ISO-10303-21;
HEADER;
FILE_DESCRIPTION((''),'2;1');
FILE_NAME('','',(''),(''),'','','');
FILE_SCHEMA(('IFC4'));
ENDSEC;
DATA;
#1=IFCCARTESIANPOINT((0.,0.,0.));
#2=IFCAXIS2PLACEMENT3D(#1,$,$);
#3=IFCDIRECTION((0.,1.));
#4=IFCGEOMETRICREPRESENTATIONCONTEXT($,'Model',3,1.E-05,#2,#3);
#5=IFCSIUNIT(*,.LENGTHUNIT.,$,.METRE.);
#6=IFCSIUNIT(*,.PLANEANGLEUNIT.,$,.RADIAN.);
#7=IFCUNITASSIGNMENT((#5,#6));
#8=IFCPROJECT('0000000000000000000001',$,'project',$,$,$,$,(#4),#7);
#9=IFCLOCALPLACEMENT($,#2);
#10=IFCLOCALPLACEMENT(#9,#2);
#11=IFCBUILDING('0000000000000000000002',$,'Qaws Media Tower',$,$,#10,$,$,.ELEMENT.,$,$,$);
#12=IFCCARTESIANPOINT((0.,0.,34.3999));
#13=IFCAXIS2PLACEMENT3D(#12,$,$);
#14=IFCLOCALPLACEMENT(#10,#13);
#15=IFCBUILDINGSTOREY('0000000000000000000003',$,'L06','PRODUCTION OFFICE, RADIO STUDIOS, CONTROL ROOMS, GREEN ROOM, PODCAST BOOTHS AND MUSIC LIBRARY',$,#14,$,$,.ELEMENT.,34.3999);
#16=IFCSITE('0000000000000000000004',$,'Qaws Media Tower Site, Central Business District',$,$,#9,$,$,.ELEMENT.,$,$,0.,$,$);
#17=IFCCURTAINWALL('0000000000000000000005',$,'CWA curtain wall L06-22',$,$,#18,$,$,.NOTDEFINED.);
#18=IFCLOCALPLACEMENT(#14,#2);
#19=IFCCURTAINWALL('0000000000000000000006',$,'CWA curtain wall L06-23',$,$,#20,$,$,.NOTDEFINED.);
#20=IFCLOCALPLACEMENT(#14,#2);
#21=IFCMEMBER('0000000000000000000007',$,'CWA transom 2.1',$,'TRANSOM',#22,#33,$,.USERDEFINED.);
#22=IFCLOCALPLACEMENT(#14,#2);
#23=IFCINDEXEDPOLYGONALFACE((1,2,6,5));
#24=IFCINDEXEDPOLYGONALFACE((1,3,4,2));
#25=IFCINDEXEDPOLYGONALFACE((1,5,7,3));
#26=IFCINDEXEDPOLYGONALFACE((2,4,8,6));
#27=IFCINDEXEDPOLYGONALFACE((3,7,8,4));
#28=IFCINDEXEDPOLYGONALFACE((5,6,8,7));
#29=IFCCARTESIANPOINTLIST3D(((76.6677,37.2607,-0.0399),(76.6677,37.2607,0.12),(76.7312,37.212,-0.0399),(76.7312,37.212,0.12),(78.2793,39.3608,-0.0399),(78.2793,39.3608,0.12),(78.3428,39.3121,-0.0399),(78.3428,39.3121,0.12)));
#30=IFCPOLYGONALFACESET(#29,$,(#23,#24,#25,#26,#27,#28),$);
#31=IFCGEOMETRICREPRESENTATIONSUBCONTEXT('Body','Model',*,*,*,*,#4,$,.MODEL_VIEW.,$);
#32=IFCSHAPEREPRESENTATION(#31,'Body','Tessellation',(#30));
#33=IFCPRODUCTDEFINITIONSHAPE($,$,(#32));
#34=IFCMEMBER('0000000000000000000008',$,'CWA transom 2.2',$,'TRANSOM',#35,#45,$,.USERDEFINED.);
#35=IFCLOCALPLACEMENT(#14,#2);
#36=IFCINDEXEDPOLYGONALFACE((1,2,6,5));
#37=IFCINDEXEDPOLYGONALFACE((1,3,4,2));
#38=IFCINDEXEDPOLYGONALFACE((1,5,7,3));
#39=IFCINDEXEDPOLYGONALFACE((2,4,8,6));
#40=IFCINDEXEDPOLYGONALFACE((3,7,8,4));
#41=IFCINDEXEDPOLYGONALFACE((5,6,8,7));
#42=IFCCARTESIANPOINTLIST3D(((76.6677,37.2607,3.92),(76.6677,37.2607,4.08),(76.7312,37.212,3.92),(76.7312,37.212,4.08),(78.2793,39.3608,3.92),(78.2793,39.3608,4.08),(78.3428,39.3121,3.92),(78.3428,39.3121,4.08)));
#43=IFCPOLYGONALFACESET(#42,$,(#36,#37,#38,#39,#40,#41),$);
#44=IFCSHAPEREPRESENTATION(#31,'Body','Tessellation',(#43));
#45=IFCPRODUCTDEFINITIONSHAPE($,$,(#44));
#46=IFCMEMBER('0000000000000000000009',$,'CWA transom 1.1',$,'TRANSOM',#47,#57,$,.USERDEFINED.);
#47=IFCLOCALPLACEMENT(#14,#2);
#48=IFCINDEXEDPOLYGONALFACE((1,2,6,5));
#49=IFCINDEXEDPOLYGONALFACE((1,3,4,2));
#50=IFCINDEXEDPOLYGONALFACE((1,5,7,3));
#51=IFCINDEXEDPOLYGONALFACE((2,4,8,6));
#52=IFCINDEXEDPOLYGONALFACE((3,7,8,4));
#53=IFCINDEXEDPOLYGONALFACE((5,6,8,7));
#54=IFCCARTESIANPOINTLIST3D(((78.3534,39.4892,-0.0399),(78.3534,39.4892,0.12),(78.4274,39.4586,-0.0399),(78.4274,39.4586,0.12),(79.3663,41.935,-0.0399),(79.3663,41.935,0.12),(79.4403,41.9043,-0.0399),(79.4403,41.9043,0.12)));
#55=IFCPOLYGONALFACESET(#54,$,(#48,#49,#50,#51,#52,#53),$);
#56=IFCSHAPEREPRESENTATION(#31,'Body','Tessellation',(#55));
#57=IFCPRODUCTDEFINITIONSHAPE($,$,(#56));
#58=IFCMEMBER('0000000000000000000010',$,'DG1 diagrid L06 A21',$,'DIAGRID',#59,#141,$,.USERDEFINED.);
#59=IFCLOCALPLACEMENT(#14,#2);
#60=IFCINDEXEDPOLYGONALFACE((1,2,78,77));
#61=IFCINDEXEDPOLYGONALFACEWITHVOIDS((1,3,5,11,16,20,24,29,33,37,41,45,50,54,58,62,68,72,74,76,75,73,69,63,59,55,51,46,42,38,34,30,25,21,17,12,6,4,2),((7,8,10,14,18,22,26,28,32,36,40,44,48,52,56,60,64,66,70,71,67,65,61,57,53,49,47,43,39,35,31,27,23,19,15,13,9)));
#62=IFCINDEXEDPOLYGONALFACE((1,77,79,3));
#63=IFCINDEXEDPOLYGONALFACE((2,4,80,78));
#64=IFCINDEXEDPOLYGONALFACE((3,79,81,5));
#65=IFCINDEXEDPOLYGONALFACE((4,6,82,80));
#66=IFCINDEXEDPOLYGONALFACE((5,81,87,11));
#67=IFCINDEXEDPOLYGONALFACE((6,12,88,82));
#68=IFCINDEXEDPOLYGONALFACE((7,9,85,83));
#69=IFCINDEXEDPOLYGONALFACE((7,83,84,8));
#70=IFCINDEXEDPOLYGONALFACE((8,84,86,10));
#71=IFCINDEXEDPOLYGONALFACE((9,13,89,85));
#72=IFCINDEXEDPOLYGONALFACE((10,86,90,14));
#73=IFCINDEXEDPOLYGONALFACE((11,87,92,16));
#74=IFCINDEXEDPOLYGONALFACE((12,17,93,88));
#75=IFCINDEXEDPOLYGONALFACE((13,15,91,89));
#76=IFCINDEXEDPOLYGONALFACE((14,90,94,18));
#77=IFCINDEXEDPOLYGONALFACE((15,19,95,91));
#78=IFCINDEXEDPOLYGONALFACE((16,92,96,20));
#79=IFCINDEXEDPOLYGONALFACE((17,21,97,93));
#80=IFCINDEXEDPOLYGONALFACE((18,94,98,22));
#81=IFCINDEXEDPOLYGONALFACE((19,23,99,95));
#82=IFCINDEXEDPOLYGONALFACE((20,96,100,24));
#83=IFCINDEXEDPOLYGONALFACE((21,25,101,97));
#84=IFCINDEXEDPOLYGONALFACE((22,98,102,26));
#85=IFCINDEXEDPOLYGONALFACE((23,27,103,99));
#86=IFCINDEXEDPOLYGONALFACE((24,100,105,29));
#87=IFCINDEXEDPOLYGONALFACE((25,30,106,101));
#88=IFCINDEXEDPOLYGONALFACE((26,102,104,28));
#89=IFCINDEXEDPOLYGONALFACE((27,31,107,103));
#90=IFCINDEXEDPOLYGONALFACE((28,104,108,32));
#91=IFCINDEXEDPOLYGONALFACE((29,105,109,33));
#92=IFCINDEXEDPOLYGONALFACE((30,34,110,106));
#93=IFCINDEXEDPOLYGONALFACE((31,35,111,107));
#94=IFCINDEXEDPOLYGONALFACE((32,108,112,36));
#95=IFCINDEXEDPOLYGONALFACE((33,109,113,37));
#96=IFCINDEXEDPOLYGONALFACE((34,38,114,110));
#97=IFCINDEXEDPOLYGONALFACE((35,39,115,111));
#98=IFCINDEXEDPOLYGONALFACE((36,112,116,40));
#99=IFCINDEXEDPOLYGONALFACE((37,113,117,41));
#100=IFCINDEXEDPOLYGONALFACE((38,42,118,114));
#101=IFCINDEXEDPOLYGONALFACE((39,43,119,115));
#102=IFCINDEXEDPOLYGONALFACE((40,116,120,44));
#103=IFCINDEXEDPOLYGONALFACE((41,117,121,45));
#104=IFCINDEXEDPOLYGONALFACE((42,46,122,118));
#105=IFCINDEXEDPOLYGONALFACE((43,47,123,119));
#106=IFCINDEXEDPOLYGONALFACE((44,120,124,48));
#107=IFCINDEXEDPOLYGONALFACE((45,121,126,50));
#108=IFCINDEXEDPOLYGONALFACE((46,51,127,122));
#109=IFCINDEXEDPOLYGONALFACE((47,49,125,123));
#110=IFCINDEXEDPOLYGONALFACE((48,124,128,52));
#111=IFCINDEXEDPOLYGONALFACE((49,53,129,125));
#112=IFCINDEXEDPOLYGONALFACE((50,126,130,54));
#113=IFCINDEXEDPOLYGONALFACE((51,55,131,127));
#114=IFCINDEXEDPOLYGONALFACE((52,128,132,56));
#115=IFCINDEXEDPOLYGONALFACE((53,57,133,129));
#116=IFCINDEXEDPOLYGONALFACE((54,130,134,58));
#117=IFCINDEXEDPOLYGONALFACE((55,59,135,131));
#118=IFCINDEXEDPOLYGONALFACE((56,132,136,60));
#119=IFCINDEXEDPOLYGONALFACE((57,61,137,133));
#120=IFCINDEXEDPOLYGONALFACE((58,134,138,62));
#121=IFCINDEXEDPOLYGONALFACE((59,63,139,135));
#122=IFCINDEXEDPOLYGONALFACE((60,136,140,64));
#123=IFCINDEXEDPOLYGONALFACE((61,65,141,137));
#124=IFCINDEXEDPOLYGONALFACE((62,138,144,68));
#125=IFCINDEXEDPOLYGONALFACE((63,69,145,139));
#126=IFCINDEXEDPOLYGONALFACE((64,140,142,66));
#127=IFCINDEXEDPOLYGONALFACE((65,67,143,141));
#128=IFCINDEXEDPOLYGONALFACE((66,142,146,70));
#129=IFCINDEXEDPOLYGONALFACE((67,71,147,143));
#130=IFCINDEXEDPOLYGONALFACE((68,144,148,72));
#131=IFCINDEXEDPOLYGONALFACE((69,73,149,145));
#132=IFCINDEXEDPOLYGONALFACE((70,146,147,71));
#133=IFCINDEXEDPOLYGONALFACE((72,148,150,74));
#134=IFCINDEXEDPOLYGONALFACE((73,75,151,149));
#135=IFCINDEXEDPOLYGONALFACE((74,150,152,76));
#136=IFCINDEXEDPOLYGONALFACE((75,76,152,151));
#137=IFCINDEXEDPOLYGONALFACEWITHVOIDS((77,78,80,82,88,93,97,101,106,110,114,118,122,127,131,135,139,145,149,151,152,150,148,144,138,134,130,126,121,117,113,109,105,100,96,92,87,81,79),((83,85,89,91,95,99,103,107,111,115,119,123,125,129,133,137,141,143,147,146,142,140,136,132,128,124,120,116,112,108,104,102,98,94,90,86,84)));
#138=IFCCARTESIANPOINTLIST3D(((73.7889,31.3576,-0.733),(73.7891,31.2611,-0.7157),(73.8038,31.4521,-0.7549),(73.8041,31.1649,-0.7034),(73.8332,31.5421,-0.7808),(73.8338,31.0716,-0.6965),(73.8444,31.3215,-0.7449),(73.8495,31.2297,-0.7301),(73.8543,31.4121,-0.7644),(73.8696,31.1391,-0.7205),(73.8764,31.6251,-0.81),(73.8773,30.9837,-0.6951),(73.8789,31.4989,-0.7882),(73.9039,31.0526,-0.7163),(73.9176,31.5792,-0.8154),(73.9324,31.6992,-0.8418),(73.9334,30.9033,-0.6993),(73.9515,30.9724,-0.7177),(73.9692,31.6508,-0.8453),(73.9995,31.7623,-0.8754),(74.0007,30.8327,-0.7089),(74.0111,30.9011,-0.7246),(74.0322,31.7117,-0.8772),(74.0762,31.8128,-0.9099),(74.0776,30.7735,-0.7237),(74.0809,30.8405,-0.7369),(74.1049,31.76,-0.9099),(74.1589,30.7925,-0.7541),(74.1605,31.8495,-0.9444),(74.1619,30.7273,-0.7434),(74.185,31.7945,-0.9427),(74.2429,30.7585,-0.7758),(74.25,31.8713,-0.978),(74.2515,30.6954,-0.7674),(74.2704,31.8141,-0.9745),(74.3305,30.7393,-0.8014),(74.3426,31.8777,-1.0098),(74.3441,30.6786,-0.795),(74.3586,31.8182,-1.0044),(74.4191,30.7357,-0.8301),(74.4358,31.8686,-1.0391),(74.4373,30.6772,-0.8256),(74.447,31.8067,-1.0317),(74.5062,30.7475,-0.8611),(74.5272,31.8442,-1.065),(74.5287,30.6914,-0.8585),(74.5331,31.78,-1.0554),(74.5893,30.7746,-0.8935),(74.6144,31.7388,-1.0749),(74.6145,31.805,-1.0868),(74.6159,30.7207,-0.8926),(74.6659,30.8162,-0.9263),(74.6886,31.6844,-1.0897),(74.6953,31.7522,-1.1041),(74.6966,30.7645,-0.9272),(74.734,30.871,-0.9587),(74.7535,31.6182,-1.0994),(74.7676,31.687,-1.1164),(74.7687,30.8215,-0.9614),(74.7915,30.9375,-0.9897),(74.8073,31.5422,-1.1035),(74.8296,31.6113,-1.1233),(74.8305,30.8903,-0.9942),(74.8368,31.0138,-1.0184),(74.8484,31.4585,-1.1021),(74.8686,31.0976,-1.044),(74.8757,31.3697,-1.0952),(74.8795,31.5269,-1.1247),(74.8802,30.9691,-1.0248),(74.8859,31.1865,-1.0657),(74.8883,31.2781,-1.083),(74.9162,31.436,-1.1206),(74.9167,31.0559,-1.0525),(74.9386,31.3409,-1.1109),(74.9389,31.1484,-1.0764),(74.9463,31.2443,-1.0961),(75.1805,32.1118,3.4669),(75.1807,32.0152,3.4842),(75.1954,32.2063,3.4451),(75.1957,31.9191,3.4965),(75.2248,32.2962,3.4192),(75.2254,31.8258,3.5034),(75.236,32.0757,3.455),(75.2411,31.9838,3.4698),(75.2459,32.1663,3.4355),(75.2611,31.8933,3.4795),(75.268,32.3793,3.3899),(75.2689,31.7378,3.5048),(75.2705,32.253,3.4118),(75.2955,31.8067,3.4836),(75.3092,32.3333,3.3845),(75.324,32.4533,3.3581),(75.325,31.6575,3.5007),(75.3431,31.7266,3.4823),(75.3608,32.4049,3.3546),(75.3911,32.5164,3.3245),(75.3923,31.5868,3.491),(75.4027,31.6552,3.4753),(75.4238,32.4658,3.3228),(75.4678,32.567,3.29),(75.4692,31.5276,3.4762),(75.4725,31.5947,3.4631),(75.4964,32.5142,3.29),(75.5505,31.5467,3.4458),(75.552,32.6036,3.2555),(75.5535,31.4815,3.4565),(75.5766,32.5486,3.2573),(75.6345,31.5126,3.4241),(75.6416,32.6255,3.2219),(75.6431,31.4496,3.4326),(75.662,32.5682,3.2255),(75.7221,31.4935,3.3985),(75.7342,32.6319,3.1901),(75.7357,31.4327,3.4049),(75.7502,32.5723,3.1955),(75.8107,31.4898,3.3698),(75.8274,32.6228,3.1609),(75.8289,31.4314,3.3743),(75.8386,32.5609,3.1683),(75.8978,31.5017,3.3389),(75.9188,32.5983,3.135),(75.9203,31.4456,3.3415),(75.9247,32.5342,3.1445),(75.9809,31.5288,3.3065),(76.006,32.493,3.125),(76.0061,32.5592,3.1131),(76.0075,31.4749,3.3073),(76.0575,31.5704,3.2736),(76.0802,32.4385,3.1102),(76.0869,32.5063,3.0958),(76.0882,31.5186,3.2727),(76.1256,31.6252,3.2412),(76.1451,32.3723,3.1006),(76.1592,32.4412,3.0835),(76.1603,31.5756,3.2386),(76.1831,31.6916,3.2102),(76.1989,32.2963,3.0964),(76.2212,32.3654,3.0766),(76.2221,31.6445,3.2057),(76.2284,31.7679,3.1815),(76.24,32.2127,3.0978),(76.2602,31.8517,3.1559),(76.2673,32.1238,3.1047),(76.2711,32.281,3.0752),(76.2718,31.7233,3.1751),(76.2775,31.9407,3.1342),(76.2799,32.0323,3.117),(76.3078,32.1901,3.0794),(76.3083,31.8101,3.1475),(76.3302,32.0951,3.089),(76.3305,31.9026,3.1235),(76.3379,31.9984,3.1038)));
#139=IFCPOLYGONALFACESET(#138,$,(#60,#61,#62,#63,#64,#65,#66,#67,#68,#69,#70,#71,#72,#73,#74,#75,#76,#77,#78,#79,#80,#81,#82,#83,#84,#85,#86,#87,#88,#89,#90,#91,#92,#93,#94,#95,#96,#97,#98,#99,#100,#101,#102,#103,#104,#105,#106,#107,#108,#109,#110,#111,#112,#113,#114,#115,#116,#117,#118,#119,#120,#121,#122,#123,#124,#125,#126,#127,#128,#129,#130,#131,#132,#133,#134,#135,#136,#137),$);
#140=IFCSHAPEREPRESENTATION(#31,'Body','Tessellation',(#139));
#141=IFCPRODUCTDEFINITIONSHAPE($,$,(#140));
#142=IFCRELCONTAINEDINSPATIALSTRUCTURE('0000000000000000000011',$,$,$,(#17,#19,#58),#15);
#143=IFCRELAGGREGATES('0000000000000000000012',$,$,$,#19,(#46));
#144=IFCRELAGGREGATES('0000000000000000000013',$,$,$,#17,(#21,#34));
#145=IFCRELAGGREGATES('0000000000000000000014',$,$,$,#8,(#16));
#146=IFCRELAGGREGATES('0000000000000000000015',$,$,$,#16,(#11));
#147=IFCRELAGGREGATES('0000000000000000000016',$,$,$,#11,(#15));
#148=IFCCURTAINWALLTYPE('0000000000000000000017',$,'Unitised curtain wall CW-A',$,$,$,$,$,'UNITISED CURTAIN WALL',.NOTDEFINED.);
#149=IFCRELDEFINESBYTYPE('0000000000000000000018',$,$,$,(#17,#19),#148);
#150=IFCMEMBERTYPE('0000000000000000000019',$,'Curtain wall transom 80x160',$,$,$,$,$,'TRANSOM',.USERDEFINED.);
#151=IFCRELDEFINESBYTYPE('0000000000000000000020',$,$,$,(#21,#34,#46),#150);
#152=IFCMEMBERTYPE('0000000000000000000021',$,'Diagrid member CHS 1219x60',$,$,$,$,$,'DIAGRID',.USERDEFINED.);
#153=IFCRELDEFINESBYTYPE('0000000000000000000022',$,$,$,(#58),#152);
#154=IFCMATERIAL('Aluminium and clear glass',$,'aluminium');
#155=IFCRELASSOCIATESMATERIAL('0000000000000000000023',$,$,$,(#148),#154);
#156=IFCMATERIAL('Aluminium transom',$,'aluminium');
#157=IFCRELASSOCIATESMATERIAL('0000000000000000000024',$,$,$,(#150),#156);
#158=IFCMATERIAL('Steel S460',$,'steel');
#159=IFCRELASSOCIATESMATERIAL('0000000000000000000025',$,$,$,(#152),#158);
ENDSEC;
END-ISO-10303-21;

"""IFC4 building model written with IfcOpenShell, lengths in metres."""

from ifc_helpers import new_model, si_unit, direction, frame, origin, origin_2d, place, context, subcontext, project, spatial, rectangle, hollow_circle, extrude, material, material_profile, profile_set, type_object, element, aggregate, save


model = new_model("IFC4")

# Units and contexts
model_context = context("Model", 3, precision=1e-05, world=origin(), true_north=direction((0.0, 1.0)))
body_context = subcontext(model_context, "Body", "Model", "MODEL_VIEW")
ifc_project = project(units=[si_unit("LENGTHUNIT", "METRE"), si_unit("PLANEANGLEUNIT", "RADIAN")], contexts=[model_context])

# Site, building, storey
site_placement = place(None, origin())
site = spatial("IfcSite", under=ifc_project, at=site_placement, Name="Qaws Media Tower Site, Central Business District", CompositionType="ELEMENT", RefElevation=0.0)
building_placement = place(site_placement, origin())
building = spatial("IfcBuilding", under=site, at=building_placement, Name="Qaws Media Tower", CompositionType="ELEMENT")
storey_placement = place(building_placement, frame((0.0, 0.0, 34.3999)))
storey = spatial("IfcBuildingStorey", under=building, at=storey_placement, Name="L06", Description="PRODUCTION OFFICE, RADIO STUDIOS, CONTROL ROOMS, GREEN ROOM, PODCAST BOOTHS AND MUSIC LIBRARY", CompositionType="ELEMENT", Elevation=34.3999)

# Shared definitions
ifc_material_1 = material(Name="Aluminium and clear glass", Category="aluminium")
curtain_wall_type = type_object("IfcCurtainWallType", Name="Unitised curtain wall CW-A", ElementType="UNITISED CURTAIN WALL", PredefinedType="NOTDEFINED", material=ifc_material_1)

# Curtain wall
curtain_wall_1_placement = place(storey_placement, origin())
curtain_wall_1 = element("IfcCurtainWall", 1, at=curtain_wall_1_placement, inside=storey, type_object=curtain_wall_type, Name="CWA curtain wall L06-22", PredefinedType="NOTDEFINED")

# Curtain wall
curtain_wall_2_placement = place(storey_placement, origin())
curtain_wall_2 = element("IfcCurtainWall", 2, at=curtain_wall_2_placement, inside=storey, type_object=curtain_wall_type, Name="CWA curtain wall L06-23", PredefinedType="NOTDEFINED")

# Members
ifc_material_2 = material(Name="Aluminium transom", Category="aluminium")
ifc_material_profile_1 = material_profile(ifc_material_2, rectangle(XDim=0.0801, YDim=0.1599, at=origin_2d()), Name="80x160")
ifc_profile_set_1 = profile_set([ifc_material_profile_1], Name="Aluminium transom")
member_type_1 = type_object("IfcMemberType", Name="Curtain wall transom 80x160", ElementType="TRANSOM", PredefinedType="USERDEFINED", material=ifc_profile_set_1)
member_1_placement = place(storey_placement, frame((76.6995, 37.2363, 0.04), z_axis=(0.608788, 0.793333, 0.0), x_axis=(-0.793333, 0.608788, 0.0)))
member_1 = element("IfcMember", 3, at=member_1_placement, type_object=member_type_1, Name="CWA transom 2.1", ObjectType="TRANSOM", PredefinedType="USERDEFINED", context=body_context, shape_type="SweptSolid", body=[
    extrude(rectangle(XDim=0.0801, YDim=0.1599, at=origin_2d()), origin(), (0.0, 0.0, 1.0), 2.6472),
])
member_2_placement = place(storey_placement, frame((76.6995, 37.2363, 4.0), z_axis=(0.608788, 0.793333, 0.0), x_axis=(-0.793333, 0.608788, 0.0)))
member_2 = element("IfcMember", 4, at=member_2_placement, type_object=member_type_1, Name="CWA transom 2.2", ObjectType="TRANSOM", PredefinedType="USERDEFINED", context=body_context, shape_type="SweptSolid", body=[
    extrude(rectangle(XDim=0.0801, YDim=0.1599, at=origin_2d()), origin(), (0.0, 0.0, 1.0), 2.6472),
])
member_3_placement = place(storey_placement, frame((78.3904, 39.4739, 0.04), z_axis=(0.382637, 0.923899, 0.0), x_axis=(-0.923899, 0.382637, 0.0)))
member_3 = element("IfcMember", 5, at=member_3_placement, type_object=member_type_1, Name="CWA transom 1.1", ObjectType="TRANSOM", PredefinedType="USERDEFINED", context=body_context, shape_type="SweptSolid", body=[
    extrude(rectangle(XDim=0.0801, YDim=0.1599, at=origin_2d()), origin(), (0.0, 0.0, 1.0), 2.6472),
])
aggregate(curtain_wall_2, [member_3])

# Member
ifc_material_3 = material(Name="Steel S460", Category="steel")
ifc_material_profile_2 = material_profile(ifc_material_3, hollow_circle(Radius=0.6096, WallThickness=0.0601, at=origin_2d()), Name="CHS 1219x60")
ifc_profile_set_2 = profile_set([ifc_material_profile_2], Name="Steel S460")
member_type_2 = type_object("IfcMemberType", Name="Diagrid member CHS 1219x60", ElementType="DIAGRID", PredefinedType="USERDEFINED", material=ifc_profile_set_2)
for number, where, z_axis, x_axis, name in (
    (6, (74.3667, 31.2769, -0.9099), (0.310051, 0.168026, 0.935754), (-0.476462, 0.879195, 0.0), "DG1 diagrid L06 A21"),
):
    element("IfcMember", number, at=place(storey_placement, frame(where, z_axis=z_axis, x_axis=x_axis)), inside=storey, type_object=member_type_2, Name=name, ObjectType="DIAGRID", PredefinedType="USERDEFINED", context=body_context, shape_type="SweptSolid", body=[
        extrude(hollow_circle(Radius=0.6096, WallThickness=0.0601, at=origin_2d()), origin(), (0.0, 0.0, 1.0), 4.4883),
    ])

aggregate(curtain_wall_1, [member_1, member_2])

save(model, "model.ifc")
